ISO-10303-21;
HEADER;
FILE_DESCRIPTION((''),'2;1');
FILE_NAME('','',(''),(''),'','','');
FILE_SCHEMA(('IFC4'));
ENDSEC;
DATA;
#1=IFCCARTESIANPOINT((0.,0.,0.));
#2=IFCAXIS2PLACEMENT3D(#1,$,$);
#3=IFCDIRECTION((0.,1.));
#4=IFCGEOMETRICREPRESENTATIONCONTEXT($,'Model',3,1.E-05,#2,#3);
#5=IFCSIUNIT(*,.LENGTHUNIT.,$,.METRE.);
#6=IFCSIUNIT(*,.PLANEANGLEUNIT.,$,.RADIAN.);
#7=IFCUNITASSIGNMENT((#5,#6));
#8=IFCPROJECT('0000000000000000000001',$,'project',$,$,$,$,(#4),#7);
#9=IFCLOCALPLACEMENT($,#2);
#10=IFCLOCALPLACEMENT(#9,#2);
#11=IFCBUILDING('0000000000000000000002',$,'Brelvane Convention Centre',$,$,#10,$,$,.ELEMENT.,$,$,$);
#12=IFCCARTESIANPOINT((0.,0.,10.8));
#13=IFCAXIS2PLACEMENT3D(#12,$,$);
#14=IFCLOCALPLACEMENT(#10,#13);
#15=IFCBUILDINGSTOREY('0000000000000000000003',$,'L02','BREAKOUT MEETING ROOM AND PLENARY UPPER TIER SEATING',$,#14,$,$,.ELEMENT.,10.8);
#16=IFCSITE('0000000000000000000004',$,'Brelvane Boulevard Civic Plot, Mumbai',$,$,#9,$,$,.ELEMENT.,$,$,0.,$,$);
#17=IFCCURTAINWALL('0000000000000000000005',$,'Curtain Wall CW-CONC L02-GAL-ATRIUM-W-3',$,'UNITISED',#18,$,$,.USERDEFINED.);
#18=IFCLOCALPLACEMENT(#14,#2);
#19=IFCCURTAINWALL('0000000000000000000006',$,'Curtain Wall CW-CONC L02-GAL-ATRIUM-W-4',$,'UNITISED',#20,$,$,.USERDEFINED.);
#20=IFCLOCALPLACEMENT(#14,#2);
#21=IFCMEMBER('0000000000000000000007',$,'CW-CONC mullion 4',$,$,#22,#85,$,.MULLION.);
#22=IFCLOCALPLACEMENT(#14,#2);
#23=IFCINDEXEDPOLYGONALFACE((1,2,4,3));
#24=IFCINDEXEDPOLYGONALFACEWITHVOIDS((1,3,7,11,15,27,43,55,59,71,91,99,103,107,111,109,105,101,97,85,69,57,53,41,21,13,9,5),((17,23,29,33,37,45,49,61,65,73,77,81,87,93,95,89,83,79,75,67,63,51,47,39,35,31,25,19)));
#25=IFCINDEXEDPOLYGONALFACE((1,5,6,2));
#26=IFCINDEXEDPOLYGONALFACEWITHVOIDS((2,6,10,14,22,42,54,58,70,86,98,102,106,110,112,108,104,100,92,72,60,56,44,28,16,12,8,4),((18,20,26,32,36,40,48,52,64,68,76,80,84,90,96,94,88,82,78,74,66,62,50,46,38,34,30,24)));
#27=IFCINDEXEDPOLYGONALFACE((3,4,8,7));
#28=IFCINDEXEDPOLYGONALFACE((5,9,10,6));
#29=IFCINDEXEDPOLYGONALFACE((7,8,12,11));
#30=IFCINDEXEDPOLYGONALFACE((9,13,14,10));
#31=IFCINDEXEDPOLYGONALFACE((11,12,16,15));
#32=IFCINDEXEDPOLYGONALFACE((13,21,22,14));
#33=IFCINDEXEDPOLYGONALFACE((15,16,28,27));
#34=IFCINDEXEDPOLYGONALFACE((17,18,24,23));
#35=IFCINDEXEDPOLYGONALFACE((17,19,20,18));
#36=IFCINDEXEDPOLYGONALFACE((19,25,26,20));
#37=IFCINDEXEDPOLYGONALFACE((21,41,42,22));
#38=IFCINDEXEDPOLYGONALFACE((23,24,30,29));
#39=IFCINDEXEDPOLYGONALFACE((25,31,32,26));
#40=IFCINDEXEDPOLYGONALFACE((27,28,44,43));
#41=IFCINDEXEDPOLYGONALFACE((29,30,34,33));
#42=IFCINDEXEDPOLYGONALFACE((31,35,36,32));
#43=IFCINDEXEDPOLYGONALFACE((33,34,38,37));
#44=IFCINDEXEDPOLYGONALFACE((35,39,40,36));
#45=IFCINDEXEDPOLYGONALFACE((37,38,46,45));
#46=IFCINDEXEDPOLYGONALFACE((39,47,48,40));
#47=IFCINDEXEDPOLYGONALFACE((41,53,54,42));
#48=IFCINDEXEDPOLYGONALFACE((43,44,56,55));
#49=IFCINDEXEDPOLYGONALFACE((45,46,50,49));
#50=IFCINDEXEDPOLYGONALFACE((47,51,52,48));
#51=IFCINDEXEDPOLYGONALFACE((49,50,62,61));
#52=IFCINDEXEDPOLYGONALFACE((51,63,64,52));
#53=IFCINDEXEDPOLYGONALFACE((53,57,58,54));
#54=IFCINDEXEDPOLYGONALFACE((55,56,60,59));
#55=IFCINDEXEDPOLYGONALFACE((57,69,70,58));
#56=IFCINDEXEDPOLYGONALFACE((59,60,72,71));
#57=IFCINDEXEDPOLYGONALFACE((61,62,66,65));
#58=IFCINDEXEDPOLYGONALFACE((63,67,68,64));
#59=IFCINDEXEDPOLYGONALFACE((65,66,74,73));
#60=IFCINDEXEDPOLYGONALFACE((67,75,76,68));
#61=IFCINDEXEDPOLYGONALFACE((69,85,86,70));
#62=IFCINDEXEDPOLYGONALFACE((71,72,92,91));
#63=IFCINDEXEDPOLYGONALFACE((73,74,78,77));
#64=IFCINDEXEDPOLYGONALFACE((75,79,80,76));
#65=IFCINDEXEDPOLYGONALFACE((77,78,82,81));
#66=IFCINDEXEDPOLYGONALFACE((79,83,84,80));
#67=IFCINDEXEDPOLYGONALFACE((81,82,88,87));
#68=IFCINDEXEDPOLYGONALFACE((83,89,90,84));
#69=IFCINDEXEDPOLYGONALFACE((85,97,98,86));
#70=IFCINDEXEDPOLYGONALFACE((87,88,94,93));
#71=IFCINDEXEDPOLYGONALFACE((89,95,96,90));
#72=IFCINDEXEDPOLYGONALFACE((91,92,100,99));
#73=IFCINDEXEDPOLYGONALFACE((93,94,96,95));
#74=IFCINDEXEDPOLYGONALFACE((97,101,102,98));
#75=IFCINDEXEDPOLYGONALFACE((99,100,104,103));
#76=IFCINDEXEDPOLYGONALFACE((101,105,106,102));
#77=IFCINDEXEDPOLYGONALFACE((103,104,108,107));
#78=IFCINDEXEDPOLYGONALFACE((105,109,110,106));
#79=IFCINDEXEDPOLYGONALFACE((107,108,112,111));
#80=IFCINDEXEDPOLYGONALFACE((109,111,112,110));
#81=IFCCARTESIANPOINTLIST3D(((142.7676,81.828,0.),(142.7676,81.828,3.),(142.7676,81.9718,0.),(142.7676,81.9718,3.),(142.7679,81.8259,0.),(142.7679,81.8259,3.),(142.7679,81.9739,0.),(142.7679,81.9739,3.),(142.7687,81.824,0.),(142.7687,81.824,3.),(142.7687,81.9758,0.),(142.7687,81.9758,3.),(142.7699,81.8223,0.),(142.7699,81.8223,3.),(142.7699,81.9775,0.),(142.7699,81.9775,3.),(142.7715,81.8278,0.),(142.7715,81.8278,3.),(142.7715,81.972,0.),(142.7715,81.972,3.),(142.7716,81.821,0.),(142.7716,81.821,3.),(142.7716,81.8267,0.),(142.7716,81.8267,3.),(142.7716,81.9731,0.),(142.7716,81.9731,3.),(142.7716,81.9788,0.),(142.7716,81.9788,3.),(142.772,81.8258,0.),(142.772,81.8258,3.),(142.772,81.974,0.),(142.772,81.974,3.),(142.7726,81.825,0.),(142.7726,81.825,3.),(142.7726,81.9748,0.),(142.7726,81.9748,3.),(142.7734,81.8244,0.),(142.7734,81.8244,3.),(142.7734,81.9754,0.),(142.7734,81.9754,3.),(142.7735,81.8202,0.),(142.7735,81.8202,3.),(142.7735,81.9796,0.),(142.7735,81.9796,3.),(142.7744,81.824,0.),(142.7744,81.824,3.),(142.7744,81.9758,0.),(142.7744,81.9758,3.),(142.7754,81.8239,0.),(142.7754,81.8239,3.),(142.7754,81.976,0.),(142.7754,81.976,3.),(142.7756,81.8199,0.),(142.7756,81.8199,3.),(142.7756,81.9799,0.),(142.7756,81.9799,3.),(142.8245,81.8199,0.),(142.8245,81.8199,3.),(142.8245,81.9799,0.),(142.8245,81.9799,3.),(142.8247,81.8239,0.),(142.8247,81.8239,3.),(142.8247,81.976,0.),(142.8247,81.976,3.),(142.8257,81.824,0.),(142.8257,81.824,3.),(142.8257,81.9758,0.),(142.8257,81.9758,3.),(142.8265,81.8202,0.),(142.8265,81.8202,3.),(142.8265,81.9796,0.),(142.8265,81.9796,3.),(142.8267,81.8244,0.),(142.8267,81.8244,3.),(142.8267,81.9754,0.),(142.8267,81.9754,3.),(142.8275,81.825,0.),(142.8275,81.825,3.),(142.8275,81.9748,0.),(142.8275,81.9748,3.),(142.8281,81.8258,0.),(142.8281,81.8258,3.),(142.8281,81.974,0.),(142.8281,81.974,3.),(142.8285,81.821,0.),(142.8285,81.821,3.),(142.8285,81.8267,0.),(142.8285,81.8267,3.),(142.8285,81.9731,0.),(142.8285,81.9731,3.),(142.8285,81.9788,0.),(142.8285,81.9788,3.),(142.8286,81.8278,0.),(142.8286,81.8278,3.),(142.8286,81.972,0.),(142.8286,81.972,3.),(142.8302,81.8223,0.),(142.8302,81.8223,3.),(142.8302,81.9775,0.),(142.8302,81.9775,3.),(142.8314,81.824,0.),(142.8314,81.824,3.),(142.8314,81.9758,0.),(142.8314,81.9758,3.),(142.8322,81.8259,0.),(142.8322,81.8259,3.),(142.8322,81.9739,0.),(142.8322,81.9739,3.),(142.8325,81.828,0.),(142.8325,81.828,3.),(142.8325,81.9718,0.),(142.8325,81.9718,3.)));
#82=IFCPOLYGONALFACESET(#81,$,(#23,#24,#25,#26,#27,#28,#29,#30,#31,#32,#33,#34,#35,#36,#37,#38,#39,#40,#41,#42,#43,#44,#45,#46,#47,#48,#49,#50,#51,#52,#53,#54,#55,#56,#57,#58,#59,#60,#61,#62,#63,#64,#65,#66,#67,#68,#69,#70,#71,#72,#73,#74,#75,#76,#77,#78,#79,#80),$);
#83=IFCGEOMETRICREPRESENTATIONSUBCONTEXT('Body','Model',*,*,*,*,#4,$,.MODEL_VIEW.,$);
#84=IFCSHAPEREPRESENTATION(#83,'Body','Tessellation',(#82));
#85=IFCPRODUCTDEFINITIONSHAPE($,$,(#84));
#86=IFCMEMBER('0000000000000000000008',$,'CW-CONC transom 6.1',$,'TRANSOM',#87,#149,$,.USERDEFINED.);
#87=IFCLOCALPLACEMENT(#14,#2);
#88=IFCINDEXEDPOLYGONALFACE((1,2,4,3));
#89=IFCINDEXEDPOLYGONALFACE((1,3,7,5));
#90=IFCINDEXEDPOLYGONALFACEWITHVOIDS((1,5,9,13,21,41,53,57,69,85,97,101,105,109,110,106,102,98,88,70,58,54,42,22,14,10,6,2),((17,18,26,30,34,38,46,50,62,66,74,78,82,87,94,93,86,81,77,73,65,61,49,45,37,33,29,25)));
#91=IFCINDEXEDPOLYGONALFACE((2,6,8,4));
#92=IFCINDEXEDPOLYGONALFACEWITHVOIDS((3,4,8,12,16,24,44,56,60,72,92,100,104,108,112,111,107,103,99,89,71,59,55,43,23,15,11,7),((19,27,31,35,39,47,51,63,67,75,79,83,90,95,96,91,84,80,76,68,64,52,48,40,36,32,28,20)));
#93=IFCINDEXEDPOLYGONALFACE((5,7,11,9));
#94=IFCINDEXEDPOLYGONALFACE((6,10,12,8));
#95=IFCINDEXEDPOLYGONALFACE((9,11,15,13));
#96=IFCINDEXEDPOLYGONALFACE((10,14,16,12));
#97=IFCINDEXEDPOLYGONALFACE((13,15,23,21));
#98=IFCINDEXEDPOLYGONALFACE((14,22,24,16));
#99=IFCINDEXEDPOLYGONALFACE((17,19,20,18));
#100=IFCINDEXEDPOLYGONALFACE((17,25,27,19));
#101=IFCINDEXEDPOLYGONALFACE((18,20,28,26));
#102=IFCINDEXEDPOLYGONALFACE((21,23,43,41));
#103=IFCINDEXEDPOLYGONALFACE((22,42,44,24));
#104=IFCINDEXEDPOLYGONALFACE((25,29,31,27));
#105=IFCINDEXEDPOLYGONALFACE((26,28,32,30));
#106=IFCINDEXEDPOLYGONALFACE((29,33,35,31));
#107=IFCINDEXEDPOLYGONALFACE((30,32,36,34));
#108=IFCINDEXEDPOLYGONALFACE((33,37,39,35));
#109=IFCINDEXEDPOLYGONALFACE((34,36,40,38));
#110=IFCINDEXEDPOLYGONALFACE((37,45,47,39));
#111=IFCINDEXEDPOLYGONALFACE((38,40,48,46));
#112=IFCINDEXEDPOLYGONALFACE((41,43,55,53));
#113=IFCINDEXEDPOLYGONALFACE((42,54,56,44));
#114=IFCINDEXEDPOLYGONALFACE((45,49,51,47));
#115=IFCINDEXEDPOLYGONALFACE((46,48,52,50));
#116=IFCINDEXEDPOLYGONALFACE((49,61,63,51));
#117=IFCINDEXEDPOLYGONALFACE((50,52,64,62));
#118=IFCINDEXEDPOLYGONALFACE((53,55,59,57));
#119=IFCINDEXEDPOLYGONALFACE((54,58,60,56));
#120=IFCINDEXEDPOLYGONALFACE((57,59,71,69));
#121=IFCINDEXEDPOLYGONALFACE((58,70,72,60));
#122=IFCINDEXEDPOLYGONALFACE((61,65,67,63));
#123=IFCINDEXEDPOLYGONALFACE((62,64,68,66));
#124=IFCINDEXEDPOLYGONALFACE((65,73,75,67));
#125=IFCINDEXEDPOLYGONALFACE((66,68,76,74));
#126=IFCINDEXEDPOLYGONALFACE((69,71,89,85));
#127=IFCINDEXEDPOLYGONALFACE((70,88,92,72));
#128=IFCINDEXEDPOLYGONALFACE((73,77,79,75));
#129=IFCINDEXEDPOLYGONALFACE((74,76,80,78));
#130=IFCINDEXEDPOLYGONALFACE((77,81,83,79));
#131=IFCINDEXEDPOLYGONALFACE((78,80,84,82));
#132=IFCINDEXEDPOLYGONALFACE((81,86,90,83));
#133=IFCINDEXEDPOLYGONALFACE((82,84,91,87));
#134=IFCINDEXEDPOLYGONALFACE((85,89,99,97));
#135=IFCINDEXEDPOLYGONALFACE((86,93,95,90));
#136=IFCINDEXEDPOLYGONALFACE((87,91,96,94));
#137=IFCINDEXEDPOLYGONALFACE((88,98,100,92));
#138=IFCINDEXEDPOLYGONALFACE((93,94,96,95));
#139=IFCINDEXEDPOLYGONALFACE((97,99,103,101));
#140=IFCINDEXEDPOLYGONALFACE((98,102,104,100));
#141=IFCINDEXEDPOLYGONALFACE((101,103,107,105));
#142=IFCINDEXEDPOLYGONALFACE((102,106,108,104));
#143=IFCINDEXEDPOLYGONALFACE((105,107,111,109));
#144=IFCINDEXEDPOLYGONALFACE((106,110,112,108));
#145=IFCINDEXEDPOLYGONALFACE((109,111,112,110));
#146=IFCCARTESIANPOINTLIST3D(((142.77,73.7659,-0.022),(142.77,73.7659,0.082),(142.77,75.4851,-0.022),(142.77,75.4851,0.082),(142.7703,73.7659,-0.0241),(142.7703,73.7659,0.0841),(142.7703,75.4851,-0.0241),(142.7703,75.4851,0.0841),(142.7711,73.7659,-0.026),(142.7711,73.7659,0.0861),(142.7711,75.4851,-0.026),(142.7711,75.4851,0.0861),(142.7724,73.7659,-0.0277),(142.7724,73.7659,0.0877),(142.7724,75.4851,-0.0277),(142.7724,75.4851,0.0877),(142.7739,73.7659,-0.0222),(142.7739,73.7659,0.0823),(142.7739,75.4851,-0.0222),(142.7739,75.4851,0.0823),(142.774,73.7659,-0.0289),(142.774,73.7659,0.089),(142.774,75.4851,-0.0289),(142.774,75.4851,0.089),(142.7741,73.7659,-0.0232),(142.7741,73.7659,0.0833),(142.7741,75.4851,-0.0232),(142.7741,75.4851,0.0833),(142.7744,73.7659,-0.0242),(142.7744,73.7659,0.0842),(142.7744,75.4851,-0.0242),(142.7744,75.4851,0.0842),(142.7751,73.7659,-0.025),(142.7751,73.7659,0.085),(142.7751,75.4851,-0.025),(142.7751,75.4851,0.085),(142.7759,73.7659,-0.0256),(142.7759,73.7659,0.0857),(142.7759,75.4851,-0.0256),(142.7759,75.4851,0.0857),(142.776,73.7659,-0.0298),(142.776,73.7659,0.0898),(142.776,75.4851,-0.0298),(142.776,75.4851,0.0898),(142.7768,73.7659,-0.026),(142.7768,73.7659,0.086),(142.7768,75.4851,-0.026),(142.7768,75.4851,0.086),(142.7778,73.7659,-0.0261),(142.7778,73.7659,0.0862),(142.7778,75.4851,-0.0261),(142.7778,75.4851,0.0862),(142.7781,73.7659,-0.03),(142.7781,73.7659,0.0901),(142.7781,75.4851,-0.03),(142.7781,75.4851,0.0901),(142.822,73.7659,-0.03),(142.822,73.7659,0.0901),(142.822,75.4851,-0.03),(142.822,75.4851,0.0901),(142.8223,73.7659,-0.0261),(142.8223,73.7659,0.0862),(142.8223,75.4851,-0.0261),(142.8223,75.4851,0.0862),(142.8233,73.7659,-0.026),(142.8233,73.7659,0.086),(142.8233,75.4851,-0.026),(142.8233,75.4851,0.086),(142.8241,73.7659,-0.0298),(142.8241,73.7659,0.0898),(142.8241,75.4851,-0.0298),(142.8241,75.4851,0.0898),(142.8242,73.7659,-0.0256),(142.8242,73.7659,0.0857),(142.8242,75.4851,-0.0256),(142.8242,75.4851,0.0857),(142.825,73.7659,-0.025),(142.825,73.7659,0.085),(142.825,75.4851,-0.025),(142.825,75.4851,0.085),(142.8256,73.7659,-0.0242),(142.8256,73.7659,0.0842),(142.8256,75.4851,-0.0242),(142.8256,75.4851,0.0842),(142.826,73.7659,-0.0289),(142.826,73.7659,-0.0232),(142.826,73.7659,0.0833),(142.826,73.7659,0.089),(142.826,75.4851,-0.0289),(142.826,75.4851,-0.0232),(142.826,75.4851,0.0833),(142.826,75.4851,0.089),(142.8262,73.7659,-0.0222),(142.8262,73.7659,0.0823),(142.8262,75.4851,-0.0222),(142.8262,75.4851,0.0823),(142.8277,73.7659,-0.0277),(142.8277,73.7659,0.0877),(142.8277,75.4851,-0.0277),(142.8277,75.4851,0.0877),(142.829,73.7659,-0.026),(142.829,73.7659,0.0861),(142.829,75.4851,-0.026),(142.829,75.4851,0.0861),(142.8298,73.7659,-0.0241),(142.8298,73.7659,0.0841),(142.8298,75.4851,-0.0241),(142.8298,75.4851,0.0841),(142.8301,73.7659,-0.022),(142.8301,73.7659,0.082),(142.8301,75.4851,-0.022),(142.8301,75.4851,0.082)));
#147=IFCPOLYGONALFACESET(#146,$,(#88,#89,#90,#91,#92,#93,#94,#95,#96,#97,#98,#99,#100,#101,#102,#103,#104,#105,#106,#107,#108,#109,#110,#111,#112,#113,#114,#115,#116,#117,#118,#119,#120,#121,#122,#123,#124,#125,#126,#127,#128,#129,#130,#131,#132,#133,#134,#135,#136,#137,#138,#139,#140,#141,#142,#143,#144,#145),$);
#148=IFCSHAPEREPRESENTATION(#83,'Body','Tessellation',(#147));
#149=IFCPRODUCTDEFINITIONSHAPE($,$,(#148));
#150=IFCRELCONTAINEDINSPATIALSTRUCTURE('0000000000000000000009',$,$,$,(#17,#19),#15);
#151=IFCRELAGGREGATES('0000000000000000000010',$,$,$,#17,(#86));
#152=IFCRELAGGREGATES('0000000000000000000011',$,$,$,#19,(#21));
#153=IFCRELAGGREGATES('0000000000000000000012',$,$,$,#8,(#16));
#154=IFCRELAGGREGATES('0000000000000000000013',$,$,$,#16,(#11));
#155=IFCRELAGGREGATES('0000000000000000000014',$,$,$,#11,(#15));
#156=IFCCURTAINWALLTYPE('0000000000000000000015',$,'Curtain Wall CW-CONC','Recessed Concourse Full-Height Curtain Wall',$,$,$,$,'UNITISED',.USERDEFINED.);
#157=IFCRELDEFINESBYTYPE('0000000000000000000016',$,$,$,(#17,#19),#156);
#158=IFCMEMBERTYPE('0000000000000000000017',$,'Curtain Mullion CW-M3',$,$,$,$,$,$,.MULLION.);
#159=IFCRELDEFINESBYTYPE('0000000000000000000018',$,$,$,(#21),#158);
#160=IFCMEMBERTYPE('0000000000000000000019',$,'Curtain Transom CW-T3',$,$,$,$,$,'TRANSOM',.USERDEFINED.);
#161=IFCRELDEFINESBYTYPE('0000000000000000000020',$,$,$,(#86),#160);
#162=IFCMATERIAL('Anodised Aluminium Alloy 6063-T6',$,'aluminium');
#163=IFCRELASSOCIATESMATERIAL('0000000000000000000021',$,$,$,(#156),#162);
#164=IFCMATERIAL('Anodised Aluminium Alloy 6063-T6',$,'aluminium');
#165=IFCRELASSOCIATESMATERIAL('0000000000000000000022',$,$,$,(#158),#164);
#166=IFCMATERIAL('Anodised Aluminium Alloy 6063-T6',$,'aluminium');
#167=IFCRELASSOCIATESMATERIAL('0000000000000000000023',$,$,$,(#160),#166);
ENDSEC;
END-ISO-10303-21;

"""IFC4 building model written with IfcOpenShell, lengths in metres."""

from ifc_helpers import new_model, si_unit, direction, frame, origin, origin_2d, place, context, subcontext, project, spatial, hollow_rectangle, extrude, material, material_profile, profile_set, type_object, element, aggregate, save


model = new_model("IFC4")

# Units and contexts
model_context = context("Model", 3, precision=1e-05, world=origin(), true_north=direction((0.0, 1.0)))
body_context = subcontext(model_context, "Body", "Model", "MODEL_VIEW")
ifc_project = project(units=[si_unit("LENGTHUNIT", "METRE"), si_unit("PLANEANGLEUNIT", "RADIAN")], contexts=[model_context])

# Site, building, storey
site_placement = place(None, origin())
site = spatial("IfcSite", under=ifc_project, at=site_placement, Name="Brelvane Boulevard Civic Plot, Mumbai", CompositionType="ELEMENT", RefElevation=0.0)
building_placement = place(site_placement, origin())
building = spatial("IfcBuilding", under=site, at=building_placement, Name="Brelvane Convention Centre", CompositionType="ELEMENT")
storey_placement = place(building_placement, frame((0.0, 0.0, 10.8)))
storey = spatial("IfcBuildingStorey", under=building, at=storey_placement, Name="L02", Description="BREAKOUT MEETING ROOM AND PLENARY UPPER TIER SEATING", CompositionType="ELEMENT", Elevation=10.8)

# Curtain walls, member
ifc_material_1 = material(Name="Anodised Aluminium Alloy 6063-T6", Category="aluminium")
curtain_wall_type = type_object("IfcCurtainWallType", Name="Curtain Wall CW-CONC", Description="Recessed Concourse Full-Height Curtain Wall", ElementType="UNITISED", PredefinedType="USERDEFINED", material=ifc_material_1)
curtain_wall_1_placement = place(storey_placement, origin())
curtain_wall_1 = element("IfcCurtainWall", 1, at=curtain_wall_1_placement, inside=storey, type_object=curtain_wall_type, Name="Curtain Wall CW-CONC L02-GAL-ATRIUM-W-3", ObjectType="UNITISED", PredefinedType="USERDEFINED")
ifc_material_2 = material(Name="Anodised Aluminium Alloy 6063-T6", Category="aluminium")
ifc_material_profile_1 = material_profile(ifc_material_2, hollow_rectangle(XDim=0.0649, YDim=0.1599, WallThickness=0.0039, InnerFilletRadius=0.0039, OuterFilletRadius=0.0081, at=origin_2d()), Name="ALU-M 160x65x4.0")
ifc_profile_set_1 = profile_set([ifc_material_profile_1], Name="Anodised Aluminium Alloy 6063-T6")
member_type_1 = type_object("IfcMemberType", Name="Curtain Mullion CW-M3", PredefinedType="MULLION", material=ifc_profile_set_1)
curtain_wall_2_placement = place(storey_placement, origin())
curtain_wall_2 = element("IfcCurtainWall", 2, at=curtain_wall_2_placement, inside=storey, type_object=curtain_wall_type, Name="Curtain Wall CW-CONC L02-GAL-ATRIUM-W-4", ObjectType="UNITISED", PredefinedType="USERDEFINED")
member_1_placement = place(storey_placement, frame((142.8, 81.8999, 0.0), z_axis=(0.0, 0.0, 1.0), x_axis=(-1.0, 0.0, 0.0)))
member_1 = element("IfcMember", 3, at=member_1_placement, type_object=member_type_1, Name="CW-CONC mullion 4", PredefinedType="MULLION", context=body_context, shape_type="SweptSolid", body=[
    extrude(hollow_rectangle(XDim=0.0649, YDim=0.1599, WallThickness=0.0039, InnerFilletRadius=0.0039, OuterFilletRadius=0.0081, at=origin_2d()), origin(), (0.0, 0.0, 1.0), 3.0),
])

# Member
ifc_material_3 = material(Name="Anodised Aluminium Alloy 6063-T6", Category="aluminium")
ifc_material_profile_2 = material_profile(ifc_material_3, hollow_rectangle(XDim=0.0601, YDim=0.1201, WallThickness=0.0039, InnerFilletRadius=0.0039, OuterFilletRadius=0.0081, at=origin_2d()), Name="ALU-T 120x60x4.0")
ifc_profile_set_2 = profile_set([ifc_material_profile_2], Name="Anodised Aluminium Alloy 6063-T6")
member_type_2 = type_object("IfcMemberType", Name="Curtain Transom CW-T3", ElementType="TRANSOM", PredefinedType="USERDEFINED", material=ifc_profile_set_2)
member_2_placement = place(storey_placement, frame((142.8, 73.7659, 0.03), z_axis=(0.0, 1.0, 0.0), x_axis=(-1.0, 0.0, 0.0)))
member_2 = element("IfcMember", 4, at=member_2_placement, type_object=member_type_2, Name="CW-CONC transom 6.1", ObjectType="TRANSOM", PredefinedType="USERDEFINED", context=body_context, shape_type="SweptSolid", body=[
    extrude(hollow_rectangle(XDim=0.0601, YDim=0.1201, WallThickness=0.0039, InnerFilletRadius=0.0039, OuterFilletRadius=0.0081, at=origin_2d()), origin(), (0.0, 0.0, 1.0), 1.7192),
])

aggregate(curtain_wall_1, [member_2])
aggregate(curtain_wall_2, [member_1])

save(model, "model.ifc")
